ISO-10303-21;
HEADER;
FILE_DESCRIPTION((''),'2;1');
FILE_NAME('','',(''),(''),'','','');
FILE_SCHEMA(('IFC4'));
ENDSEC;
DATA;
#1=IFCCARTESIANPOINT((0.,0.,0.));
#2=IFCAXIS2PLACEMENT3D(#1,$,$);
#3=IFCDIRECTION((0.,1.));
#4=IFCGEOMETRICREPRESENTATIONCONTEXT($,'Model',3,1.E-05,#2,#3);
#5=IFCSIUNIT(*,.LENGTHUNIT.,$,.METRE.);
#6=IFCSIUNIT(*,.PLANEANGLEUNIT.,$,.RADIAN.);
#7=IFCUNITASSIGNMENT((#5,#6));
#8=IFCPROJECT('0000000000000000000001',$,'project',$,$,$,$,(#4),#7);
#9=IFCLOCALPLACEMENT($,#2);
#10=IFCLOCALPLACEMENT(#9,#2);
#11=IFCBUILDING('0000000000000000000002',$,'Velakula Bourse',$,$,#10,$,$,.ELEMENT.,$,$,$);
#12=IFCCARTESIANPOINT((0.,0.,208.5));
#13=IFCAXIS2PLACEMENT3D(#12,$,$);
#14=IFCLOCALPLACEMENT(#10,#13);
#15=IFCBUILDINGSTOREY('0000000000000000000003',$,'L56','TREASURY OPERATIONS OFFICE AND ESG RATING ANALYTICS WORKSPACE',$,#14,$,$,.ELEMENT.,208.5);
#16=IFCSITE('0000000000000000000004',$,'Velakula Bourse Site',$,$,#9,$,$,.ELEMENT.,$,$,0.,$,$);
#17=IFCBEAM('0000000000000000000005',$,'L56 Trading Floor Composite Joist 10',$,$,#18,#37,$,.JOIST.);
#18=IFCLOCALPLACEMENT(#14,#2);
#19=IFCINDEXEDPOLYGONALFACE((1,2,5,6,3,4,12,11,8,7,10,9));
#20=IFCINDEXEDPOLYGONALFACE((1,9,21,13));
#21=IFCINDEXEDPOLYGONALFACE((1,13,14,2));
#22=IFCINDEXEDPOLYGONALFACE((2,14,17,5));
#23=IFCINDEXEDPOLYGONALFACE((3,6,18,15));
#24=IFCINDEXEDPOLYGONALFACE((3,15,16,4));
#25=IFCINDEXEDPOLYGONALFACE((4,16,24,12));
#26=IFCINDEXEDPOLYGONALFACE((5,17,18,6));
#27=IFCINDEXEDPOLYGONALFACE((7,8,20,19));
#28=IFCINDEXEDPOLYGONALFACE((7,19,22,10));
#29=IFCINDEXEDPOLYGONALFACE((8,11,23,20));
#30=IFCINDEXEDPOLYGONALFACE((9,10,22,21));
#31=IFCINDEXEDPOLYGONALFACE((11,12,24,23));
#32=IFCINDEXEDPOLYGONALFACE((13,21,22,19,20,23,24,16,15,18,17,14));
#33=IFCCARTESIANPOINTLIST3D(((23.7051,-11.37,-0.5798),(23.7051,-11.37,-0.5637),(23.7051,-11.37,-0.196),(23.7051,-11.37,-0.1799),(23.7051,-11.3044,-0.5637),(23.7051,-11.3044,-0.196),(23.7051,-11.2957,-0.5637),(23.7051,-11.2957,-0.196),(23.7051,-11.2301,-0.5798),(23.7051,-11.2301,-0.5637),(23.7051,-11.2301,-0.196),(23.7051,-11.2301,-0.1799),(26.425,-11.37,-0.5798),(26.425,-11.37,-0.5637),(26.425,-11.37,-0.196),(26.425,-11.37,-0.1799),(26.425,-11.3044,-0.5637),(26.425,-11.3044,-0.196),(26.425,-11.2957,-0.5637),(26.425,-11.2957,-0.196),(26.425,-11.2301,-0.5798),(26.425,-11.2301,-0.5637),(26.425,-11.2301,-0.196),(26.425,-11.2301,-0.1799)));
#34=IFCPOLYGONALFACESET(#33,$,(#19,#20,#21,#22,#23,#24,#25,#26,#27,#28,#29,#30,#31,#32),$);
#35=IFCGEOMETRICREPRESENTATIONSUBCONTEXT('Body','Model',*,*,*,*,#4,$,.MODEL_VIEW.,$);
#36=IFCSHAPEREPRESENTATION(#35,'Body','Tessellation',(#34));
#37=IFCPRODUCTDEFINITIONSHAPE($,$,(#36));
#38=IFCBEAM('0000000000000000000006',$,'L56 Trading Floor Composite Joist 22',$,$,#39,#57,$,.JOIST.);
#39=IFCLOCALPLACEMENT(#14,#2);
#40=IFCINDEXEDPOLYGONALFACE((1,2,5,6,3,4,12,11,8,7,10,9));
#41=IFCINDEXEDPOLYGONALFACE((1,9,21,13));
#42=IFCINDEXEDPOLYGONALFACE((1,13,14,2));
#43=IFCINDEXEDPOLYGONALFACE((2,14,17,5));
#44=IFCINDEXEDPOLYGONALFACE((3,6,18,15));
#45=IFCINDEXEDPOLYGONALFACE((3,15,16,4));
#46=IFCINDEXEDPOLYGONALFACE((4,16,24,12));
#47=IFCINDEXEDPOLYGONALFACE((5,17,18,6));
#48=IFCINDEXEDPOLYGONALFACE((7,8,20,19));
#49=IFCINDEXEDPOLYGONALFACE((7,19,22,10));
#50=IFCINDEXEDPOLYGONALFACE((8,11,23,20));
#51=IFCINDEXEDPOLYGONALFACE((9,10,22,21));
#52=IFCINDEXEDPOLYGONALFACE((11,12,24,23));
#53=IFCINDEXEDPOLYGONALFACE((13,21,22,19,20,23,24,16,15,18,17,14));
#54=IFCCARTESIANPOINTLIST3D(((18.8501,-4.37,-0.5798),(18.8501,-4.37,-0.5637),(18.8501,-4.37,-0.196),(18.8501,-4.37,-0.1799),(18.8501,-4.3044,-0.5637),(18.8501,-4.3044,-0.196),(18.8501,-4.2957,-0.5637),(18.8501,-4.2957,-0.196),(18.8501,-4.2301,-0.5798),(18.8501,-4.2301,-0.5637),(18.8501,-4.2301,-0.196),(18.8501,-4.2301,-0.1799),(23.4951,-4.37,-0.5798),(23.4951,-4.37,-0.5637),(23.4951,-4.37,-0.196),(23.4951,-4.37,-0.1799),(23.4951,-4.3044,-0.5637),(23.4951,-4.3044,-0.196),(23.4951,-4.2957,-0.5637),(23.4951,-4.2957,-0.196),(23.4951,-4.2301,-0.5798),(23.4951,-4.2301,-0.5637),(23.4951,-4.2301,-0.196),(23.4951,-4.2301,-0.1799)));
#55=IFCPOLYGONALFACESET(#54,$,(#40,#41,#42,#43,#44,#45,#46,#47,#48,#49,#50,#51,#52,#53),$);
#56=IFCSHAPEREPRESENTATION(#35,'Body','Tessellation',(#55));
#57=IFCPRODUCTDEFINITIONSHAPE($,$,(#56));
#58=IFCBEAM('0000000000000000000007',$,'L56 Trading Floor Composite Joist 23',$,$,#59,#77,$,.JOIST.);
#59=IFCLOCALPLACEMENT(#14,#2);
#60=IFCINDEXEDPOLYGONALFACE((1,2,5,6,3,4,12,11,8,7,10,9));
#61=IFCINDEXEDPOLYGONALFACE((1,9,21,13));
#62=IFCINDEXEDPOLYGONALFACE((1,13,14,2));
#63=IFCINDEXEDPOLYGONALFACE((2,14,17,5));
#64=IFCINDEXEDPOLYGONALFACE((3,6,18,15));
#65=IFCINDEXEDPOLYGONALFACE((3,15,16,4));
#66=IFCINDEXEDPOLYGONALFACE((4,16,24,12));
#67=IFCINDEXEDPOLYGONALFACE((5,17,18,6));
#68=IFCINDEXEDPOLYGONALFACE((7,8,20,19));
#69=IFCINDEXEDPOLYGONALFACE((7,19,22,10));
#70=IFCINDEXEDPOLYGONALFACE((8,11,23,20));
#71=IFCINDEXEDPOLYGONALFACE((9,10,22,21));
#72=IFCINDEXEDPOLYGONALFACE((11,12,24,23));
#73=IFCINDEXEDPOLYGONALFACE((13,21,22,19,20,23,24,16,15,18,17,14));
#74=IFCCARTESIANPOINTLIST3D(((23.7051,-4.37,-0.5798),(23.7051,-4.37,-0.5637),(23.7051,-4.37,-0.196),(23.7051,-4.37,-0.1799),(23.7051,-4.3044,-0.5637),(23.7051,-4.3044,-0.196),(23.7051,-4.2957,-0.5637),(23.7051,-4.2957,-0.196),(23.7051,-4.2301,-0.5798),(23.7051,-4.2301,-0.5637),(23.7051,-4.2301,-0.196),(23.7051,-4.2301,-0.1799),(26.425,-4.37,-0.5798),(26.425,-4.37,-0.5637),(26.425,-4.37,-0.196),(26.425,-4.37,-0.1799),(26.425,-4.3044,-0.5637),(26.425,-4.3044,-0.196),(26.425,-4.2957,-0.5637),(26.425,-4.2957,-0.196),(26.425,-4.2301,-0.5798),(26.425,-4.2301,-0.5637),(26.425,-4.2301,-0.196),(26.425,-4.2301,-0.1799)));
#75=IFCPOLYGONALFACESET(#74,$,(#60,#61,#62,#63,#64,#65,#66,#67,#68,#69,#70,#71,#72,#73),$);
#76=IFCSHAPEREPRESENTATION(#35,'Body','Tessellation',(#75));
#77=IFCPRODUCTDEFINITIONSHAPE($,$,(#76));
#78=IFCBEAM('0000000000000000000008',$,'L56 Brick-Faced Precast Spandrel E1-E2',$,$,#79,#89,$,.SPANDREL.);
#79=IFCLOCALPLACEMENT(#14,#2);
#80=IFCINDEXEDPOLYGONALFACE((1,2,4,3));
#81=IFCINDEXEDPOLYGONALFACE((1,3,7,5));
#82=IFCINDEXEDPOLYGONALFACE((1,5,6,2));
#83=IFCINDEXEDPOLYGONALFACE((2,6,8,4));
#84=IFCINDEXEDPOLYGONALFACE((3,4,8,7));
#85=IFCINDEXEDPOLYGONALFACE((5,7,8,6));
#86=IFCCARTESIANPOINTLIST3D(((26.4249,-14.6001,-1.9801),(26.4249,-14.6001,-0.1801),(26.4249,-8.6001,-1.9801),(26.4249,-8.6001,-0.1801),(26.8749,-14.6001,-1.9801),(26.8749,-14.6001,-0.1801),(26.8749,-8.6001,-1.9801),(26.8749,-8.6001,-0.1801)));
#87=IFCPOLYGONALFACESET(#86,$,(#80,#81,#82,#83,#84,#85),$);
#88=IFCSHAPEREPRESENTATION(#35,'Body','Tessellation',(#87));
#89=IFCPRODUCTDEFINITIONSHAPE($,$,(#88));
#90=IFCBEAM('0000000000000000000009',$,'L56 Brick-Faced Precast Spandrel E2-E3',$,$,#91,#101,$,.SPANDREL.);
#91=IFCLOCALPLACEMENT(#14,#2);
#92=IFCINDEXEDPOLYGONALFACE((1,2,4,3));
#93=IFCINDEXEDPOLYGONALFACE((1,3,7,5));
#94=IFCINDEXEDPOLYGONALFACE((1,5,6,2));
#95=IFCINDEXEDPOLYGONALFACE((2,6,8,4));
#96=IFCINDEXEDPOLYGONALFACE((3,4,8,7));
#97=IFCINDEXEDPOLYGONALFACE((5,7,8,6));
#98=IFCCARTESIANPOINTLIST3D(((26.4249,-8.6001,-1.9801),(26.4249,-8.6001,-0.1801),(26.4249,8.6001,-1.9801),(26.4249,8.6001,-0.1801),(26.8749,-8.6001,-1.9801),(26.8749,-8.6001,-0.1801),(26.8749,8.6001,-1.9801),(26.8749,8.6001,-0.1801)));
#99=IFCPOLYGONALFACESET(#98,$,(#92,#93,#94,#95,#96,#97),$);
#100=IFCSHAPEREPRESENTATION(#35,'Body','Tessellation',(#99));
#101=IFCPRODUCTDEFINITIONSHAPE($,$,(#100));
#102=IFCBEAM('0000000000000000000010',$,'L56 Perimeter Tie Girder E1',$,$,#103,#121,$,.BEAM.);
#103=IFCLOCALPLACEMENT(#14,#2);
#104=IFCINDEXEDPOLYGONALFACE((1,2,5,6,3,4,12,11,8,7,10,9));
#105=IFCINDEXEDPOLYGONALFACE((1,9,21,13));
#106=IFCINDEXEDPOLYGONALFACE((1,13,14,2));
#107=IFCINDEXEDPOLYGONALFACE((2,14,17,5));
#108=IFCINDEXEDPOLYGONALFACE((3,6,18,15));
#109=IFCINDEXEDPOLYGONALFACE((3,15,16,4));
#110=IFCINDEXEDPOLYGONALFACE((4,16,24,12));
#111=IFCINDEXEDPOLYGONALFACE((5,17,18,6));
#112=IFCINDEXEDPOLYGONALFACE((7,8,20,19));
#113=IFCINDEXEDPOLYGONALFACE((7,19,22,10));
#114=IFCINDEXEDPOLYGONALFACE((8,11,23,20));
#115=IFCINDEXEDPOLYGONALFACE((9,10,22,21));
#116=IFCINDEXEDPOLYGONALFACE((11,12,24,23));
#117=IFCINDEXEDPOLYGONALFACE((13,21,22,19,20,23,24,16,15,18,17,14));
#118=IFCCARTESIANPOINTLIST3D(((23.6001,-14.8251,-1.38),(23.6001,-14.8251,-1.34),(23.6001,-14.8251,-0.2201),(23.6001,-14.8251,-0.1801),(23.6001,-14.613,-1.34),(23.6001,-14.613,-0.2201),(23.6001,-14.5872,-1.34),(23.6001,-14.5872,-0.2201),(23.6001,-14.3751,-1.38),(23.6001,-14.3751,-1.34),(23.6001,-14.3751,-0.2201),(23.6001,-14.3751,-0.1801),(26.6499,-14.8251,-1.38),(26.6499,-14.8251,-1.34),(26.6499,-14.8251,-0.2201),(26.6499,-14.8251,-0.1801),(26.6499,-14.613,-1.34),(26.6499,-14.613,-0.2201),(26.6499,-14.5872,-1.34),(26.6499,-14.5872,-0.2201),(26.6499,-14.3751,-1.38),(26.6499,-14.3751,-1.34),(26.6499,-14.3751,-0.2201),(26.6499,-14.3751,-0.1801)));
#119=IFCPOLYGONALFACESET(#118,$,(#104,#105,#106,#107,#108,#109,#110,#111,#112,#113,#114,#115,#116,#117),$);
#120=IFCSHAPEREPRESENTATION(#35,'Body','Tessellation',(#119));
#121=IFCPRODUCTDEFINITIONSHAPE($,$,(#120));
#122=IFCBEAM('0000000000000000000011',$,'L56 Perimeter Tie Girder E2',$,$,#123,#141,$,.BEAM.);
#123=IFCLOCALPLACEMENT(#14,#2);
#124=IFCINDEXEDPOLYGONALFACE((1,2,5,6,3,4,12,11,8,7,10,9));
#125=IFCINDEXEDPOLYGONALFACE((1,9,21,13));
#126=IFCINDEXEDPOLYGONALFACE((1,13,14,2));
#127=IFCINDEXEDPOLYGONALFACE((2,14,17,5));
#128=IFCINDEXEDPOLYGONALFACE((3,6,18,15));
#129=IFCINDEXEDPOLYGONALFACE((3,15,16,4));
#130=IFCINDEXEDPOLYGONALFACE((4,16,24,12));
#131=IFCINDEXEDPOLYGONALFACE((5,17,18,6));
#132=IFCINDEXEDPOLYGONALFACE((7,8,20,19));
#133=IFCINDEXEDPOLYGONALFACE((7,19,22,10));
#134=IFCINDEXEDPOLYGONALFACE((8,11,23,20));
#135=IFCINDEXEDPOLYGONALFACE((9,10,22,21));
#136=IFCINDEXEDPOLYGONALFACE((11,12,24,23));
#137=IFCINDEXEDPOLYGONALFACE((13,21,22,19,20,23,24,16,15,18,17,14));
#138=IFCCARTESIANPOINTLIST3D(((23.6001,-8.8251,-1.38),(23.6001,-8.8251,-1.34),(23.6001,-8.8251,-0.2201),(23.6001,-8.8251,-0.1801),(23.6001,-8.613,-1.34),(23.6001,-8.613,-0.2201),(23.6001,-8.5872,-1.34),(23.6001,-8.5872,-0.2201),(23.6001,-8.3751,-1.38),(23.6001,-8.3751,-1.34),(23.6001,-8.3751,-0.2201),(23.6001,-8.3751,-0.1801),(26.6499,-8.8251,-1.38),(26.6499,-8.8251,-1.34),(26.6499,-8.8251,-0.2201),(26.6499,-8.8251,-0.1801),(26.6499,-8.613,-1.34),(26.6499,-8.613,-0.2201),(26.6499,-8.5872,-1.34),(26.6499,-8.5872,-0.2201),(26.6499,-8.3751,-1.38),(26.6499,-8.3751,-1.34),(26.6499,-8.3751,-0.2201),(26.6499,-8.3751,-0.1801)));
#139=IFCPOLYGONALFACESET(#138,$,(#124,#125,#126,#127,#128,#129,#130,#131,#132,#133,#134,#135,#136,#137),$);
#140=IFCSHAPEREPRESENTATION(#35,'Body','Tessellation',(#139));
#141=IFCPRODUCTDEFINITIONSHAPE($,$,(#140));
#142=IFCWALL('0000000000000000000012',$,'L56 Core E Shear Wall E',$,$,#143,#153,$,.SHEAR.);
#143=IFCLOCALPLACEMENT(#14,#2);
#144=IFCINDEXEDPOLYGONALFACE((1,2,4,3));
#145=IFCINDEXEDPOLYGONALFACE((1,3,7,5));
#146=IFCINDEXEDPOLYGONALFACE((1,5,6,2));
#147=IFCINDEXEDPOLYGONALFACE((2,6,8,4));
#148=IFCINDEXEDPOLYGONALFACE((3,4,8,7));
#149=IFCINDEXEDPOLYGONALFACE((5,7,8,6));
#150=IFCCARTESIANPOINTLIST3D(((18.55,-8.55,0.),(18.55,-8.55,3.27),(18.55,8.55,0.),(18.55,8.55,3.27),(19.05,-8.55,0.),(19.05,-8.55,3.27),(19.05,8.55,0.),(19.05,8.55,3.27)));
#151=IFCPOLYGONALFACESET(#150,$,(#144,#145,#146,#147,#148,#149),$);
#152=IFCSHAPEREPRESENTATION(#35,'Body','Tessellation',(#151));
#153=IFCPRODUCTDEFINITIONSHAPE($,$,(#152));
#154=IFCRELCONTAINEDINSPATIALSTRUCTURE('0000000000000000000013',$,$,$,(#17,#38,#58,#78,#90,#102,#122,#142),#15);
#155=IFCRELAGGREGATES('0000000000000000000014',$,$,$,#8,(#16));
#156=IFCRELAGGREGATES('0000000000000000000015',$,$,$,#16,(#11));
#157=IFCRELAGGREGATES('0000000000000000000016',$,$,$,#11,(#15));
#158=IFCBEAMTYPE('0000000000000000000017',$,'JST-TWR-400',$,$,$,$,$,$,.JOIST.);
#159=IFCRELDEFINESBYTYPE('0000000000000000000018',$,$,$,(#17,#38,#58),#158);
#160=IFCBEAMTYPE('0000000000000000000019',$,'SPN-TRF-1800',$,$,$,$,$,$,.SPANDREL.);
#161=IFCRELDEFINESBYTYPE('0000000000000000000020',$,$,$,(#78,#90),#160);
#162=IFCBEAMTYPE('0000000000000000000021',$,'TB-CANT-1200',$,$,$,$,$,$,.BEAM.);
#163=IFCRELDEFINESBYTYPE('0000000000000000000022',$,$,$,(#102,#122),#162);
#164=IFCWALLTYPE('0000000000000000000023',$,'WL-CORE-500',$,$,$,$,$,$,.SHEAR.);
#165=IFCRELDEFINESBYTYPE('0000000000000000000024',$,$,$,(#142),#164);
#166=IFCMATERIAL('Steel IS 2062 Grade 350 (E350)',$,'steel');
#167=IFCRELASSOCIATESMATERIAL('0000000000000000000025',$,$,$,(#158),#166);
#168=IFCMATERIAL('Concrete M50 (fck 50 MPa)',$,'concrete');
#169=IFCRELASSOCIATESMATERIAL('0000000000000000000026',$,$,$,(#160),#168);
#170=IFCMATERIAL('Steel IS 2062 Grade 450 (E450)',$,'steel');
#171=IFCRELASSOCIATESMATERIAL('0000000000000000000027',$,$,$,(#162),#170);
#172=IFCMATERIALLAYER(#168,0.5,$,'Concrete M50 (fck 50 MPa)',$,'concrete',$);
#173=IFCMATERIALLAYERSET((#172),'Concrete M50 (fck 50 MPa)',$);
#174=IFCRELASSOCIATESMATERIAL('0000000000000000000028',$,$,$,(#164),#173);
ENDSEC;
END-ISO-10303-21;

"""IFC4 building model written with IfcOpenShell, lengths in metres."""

from ifc_helpers import new_model, si_unit, direction, frame, frame_2d, origin, origin_2d, place, context, subcontext, project, spatial, rectangle, i_section, extrude, material, layer, layer_set, material_profile, profile_set, type_object, element, save


model = new_model("IFC4")

# Units and contexts
model_context = context("Model", 3, precision=1e-05, world=origin(), true_north=direction((0.0, 1.0)))
body_context = subcontext(model_context, "Body", "Model", "MODEL_VIEW")
ifc_project = project(units=[si_unit("LENGTHUNIT", "METRE"), si_unit("PLANEANGLEUNIT", "RADIAN")], contexts=[model_context])

# Site, building, storey
site_placement = place(None, origin())
site = spatial("IfcSite", under=ifc_project, at=site_placement, Name="Velakula Bourse Site", CompositionType="ELEMENT", RefElevation=0.0)
building_placement = place(site_placement, origin())
building = spatial("IfcBuilding", under=site, at=building_placement, Name="Velakula Bourse", CompositionType="ELEMENT")
storey_placement = place(building_placement, frame((0.0, 0.0, 208.5)))
storey = spatial("IfcBuildingStorey", under=building, at=storey_placement, Name="L56", Description="TREASURY OPERATIONS OFFICE AND ESG RATING ANALYTICS WORKSPACE", CompositionType="ELEMENT", Elevation=208.5)

# Shared definitions
ifc_material_1 = material(Name="Concrete M50 (fck 50 MPa)", Category="concrete")
ifc_material_2 = material(Name="Steel IS 2062 Grade 350 (E350)", Category="steel")

# Beams
ifc_material_profile_1 = material_profile(ifc_material_2, i_section(OverallWidth=0.1399, OverallDepth=0.3999, WebThickness=0.0088, FlangeThickness=0.0161, at=origin_2d()), Name="Steel IS 2062 Grade 350 (E350)")
ifc_profile_set_1 = profile_set([ifc_material_profile_1], Name="Steel IS 2062 Grade 350 (E350)")
beam_type_1 = type_object("IfcBeamType", Name="JST-TWR-400", PredefinedType="JOIST", material=ifc_profile_set_1)
beam_1_placement = place(storey_placement, frame((23.7051, -11.3, -0.3799), z_axis=(1.0, 0.0, 0.0), x_axis=(0.0, 1.0, 0.0)))
element("IfcBeam", 1, at=beam_1_placement, inside=storey, type_object=beam_type_1, Name="L56 Trading Floor Composite Joist 10", PredefinedType="JOIST", context=body_context, shape_type="SweptSolid", body=[
    extrude(i_section(OverallWidth=0.1399, OverallDepth=0.3999, WebThickness=0.0088, FlangeThickness=0.0161, at=origin_2d()), origin(), (0.0, 0.0, 1.0), 2.72),
])
beam_2_placement = place(storey_placement, frame((18.8501, -4.3, -0.3799), z_axis=(1.0, 0.0, 0.0), x_axis=(0.0, 1.0, 0.0)))
element("IfcBeam", 2, at=beam_2_placement, inside=storey, type_object=beam_type_1, Name="L56 Trading Floor Composite Joist 22", PredefinedType="JOIST", context=body_context, shape_type="SweptSolid", body=[
    extrude(i_section(OverallWidth=0.1399, OverallDepth=0.3999, WebThickness=0.0088, FlangeThickness=0.0161, at=origin_2d()), origin(), (0.0, 0.0, 1.0), 4.645),
])
beam_3_placement = place(storey_placement, frame((23.7051, -4.3, -0.3799), z_axis=(1.0, 0.0, 0.0), x_axis=(0.0, 1.0, 0.0)))
element("IfcBeam", 3, at=beam_3_placement, inside=storey, type_object=beam_type_1, Name="L56 Trading Floor Composite Joist 23", PredefinedType="JOIST", context=body_context, shape_type="SweptSolid", body=[
    extrude(i_section(OverallWidth=0.1399, OverallDepth=0.3999, WebThickness=0.0088, FlangeThickness=0.0161, at=origin_2d()), origin(), (0.0, 0.0, 1.0), 2.72),
])
ifc_material_profile_2 = material_profile(ifc_material_1, rectangle(XDim=0.45, YDim=1.8, at=origin_2d()), Name="Concrete M50 (fck 50 MPa)")
ifc_profile_set_2 = profile_set([ifc_material_profile_2], Name="Concrete M50 (fck 50 MPa)")
beam_type_2 = type_object("IfcBeamType", Name="SPN-TRF-1800", PredefinedType="SPANDREL", material=ifc_profile_set_2)
beam_4_placement = place(storey_placement, frame((26.6499, -14.6001, -1.0801), z_axis=(0.0, 1.0, 0.0), x_axis=(-1.0, 0.0, 0.0)))
element("IfcBeam", 4, at=beam_4_placement, inside=storey, type_object=beam_type_2, Name="L56 Brick-Faced Precast Spandrel E1-E2", PredefinedType="SPANDREL", context=body_context, shape_type="SweptSolid", body=[
    extrude(rectangle(XDim=0.45, YDim=1.8, at=origin_2d()), origin(), (0.0, 0.0, 1.0), 6.0),
])
beam_5_placement = place(storey_placement, frame((26.6499, -8.6001, -1.0801), z_axis=(0.0, 1.0, 0.0), x_axis=(-1.0, 0.0, 0.0)))
element("IfcBeam", 5, at=beam_5_placement, inside=storey, type_object=beam_type_2, Name="L56 Brick-Faced Precast Spandrel E2-E3", PredefinedType="SPANDREL", context=body_context, shape_type="SweptSolid", body=[
    extrude(rectangle(XDim=0.45, YDim=1.8, at=origin_2d()), origin(), (0.0, 0.0, 1.0), 17.2002),
])
ifc_material_3 = material(Name="Steel IS 2062 Grade 450 (E450)", Category="steel")
ifc_material_profile_3 = material_profile(ifc_material_3, i_section(OverallWidth=0.45, OverallDepth=1.2, WebThickness=0.0259, FlangeThickness=0.04, at=origin_2d()), Name="Steel IS 2062 Grade 450 (E450)")
ifc_profile_set_3 = profile_set([ifc_material_profile_3], Name="Steel IS 2062 Grade 450 (E450)")
beam_type_3 = type_object("IfcBeamType", Name="TB-CANT-1200", PredefinedType="BEAM", material=ifc_profile_set_3)
for number, where, z_axis, x_axis, name in (
    (6, (23.6001, -14.6001, -0.78), (1.0, 0.0, 0.0), (0.0, 1.0, 0.0), "L56 Perimeter Tie Girder E1"),
    (7, (23.6001, -8.6001, -0.78), (1.0, 0.0, 0.0), (0.0, 1.0, 0.0), "L56 Perimeter Tie Girder E2"),
):
    element("IfcBeam", number, at=place(storey_placement, frame(where, z_axis=z_axis, x_axis=x_axis)), inside=storey, type_object=beam_type_3, Name=name, PredefinedType="BEAM", context=body_context, shape_type="SweptSolid", body=[
        extrude(i_section(OverallWidth=0.45, OverallDepth=1.2, WebThickness=0.0259, FlangeThickness=0.04, at=origin_2d()), origin(), (0.0, 0.0, 1.0), 3.0498),
    ])

# Wall
ifc_layer_1 = layer(ifc_material_1, 0.5, Name="Concrete M50 (fck 50 MPa)", Category="concrete")
ifc_layer_set_1 = layer_set([ifc_layer_1], Name="Concrete M50 (fck 50 MPa)")
wall_type_1 = type_object("IfcWallType", Name="WL-CORE-500", PredefinedType="SHEAR", material=ifc_layer_set_1)
wall_1_placement = place(storey_placement, frame((18.8, -8.55, 0.0), z_axis=(0.0, 0.0, 1.0), x_axis=(0.0, 1.0, 0.0)))
element("IfcWall", 8, at=wall_1_placement, inside=storey, type_object=wall_type_1, Name="L56 Core E Shear Wall E", PredefinedType="SHEAR", context=body_context, shape_type="SweptSolid", body=[
    extrude(rectangle(XDim=17.1001, YDim=0.5, at=frame_2d((8.55, 0.0))), origin(), (0.0, 0.0, 1.0), 3.27),
])

save(model, "model.ifc")
